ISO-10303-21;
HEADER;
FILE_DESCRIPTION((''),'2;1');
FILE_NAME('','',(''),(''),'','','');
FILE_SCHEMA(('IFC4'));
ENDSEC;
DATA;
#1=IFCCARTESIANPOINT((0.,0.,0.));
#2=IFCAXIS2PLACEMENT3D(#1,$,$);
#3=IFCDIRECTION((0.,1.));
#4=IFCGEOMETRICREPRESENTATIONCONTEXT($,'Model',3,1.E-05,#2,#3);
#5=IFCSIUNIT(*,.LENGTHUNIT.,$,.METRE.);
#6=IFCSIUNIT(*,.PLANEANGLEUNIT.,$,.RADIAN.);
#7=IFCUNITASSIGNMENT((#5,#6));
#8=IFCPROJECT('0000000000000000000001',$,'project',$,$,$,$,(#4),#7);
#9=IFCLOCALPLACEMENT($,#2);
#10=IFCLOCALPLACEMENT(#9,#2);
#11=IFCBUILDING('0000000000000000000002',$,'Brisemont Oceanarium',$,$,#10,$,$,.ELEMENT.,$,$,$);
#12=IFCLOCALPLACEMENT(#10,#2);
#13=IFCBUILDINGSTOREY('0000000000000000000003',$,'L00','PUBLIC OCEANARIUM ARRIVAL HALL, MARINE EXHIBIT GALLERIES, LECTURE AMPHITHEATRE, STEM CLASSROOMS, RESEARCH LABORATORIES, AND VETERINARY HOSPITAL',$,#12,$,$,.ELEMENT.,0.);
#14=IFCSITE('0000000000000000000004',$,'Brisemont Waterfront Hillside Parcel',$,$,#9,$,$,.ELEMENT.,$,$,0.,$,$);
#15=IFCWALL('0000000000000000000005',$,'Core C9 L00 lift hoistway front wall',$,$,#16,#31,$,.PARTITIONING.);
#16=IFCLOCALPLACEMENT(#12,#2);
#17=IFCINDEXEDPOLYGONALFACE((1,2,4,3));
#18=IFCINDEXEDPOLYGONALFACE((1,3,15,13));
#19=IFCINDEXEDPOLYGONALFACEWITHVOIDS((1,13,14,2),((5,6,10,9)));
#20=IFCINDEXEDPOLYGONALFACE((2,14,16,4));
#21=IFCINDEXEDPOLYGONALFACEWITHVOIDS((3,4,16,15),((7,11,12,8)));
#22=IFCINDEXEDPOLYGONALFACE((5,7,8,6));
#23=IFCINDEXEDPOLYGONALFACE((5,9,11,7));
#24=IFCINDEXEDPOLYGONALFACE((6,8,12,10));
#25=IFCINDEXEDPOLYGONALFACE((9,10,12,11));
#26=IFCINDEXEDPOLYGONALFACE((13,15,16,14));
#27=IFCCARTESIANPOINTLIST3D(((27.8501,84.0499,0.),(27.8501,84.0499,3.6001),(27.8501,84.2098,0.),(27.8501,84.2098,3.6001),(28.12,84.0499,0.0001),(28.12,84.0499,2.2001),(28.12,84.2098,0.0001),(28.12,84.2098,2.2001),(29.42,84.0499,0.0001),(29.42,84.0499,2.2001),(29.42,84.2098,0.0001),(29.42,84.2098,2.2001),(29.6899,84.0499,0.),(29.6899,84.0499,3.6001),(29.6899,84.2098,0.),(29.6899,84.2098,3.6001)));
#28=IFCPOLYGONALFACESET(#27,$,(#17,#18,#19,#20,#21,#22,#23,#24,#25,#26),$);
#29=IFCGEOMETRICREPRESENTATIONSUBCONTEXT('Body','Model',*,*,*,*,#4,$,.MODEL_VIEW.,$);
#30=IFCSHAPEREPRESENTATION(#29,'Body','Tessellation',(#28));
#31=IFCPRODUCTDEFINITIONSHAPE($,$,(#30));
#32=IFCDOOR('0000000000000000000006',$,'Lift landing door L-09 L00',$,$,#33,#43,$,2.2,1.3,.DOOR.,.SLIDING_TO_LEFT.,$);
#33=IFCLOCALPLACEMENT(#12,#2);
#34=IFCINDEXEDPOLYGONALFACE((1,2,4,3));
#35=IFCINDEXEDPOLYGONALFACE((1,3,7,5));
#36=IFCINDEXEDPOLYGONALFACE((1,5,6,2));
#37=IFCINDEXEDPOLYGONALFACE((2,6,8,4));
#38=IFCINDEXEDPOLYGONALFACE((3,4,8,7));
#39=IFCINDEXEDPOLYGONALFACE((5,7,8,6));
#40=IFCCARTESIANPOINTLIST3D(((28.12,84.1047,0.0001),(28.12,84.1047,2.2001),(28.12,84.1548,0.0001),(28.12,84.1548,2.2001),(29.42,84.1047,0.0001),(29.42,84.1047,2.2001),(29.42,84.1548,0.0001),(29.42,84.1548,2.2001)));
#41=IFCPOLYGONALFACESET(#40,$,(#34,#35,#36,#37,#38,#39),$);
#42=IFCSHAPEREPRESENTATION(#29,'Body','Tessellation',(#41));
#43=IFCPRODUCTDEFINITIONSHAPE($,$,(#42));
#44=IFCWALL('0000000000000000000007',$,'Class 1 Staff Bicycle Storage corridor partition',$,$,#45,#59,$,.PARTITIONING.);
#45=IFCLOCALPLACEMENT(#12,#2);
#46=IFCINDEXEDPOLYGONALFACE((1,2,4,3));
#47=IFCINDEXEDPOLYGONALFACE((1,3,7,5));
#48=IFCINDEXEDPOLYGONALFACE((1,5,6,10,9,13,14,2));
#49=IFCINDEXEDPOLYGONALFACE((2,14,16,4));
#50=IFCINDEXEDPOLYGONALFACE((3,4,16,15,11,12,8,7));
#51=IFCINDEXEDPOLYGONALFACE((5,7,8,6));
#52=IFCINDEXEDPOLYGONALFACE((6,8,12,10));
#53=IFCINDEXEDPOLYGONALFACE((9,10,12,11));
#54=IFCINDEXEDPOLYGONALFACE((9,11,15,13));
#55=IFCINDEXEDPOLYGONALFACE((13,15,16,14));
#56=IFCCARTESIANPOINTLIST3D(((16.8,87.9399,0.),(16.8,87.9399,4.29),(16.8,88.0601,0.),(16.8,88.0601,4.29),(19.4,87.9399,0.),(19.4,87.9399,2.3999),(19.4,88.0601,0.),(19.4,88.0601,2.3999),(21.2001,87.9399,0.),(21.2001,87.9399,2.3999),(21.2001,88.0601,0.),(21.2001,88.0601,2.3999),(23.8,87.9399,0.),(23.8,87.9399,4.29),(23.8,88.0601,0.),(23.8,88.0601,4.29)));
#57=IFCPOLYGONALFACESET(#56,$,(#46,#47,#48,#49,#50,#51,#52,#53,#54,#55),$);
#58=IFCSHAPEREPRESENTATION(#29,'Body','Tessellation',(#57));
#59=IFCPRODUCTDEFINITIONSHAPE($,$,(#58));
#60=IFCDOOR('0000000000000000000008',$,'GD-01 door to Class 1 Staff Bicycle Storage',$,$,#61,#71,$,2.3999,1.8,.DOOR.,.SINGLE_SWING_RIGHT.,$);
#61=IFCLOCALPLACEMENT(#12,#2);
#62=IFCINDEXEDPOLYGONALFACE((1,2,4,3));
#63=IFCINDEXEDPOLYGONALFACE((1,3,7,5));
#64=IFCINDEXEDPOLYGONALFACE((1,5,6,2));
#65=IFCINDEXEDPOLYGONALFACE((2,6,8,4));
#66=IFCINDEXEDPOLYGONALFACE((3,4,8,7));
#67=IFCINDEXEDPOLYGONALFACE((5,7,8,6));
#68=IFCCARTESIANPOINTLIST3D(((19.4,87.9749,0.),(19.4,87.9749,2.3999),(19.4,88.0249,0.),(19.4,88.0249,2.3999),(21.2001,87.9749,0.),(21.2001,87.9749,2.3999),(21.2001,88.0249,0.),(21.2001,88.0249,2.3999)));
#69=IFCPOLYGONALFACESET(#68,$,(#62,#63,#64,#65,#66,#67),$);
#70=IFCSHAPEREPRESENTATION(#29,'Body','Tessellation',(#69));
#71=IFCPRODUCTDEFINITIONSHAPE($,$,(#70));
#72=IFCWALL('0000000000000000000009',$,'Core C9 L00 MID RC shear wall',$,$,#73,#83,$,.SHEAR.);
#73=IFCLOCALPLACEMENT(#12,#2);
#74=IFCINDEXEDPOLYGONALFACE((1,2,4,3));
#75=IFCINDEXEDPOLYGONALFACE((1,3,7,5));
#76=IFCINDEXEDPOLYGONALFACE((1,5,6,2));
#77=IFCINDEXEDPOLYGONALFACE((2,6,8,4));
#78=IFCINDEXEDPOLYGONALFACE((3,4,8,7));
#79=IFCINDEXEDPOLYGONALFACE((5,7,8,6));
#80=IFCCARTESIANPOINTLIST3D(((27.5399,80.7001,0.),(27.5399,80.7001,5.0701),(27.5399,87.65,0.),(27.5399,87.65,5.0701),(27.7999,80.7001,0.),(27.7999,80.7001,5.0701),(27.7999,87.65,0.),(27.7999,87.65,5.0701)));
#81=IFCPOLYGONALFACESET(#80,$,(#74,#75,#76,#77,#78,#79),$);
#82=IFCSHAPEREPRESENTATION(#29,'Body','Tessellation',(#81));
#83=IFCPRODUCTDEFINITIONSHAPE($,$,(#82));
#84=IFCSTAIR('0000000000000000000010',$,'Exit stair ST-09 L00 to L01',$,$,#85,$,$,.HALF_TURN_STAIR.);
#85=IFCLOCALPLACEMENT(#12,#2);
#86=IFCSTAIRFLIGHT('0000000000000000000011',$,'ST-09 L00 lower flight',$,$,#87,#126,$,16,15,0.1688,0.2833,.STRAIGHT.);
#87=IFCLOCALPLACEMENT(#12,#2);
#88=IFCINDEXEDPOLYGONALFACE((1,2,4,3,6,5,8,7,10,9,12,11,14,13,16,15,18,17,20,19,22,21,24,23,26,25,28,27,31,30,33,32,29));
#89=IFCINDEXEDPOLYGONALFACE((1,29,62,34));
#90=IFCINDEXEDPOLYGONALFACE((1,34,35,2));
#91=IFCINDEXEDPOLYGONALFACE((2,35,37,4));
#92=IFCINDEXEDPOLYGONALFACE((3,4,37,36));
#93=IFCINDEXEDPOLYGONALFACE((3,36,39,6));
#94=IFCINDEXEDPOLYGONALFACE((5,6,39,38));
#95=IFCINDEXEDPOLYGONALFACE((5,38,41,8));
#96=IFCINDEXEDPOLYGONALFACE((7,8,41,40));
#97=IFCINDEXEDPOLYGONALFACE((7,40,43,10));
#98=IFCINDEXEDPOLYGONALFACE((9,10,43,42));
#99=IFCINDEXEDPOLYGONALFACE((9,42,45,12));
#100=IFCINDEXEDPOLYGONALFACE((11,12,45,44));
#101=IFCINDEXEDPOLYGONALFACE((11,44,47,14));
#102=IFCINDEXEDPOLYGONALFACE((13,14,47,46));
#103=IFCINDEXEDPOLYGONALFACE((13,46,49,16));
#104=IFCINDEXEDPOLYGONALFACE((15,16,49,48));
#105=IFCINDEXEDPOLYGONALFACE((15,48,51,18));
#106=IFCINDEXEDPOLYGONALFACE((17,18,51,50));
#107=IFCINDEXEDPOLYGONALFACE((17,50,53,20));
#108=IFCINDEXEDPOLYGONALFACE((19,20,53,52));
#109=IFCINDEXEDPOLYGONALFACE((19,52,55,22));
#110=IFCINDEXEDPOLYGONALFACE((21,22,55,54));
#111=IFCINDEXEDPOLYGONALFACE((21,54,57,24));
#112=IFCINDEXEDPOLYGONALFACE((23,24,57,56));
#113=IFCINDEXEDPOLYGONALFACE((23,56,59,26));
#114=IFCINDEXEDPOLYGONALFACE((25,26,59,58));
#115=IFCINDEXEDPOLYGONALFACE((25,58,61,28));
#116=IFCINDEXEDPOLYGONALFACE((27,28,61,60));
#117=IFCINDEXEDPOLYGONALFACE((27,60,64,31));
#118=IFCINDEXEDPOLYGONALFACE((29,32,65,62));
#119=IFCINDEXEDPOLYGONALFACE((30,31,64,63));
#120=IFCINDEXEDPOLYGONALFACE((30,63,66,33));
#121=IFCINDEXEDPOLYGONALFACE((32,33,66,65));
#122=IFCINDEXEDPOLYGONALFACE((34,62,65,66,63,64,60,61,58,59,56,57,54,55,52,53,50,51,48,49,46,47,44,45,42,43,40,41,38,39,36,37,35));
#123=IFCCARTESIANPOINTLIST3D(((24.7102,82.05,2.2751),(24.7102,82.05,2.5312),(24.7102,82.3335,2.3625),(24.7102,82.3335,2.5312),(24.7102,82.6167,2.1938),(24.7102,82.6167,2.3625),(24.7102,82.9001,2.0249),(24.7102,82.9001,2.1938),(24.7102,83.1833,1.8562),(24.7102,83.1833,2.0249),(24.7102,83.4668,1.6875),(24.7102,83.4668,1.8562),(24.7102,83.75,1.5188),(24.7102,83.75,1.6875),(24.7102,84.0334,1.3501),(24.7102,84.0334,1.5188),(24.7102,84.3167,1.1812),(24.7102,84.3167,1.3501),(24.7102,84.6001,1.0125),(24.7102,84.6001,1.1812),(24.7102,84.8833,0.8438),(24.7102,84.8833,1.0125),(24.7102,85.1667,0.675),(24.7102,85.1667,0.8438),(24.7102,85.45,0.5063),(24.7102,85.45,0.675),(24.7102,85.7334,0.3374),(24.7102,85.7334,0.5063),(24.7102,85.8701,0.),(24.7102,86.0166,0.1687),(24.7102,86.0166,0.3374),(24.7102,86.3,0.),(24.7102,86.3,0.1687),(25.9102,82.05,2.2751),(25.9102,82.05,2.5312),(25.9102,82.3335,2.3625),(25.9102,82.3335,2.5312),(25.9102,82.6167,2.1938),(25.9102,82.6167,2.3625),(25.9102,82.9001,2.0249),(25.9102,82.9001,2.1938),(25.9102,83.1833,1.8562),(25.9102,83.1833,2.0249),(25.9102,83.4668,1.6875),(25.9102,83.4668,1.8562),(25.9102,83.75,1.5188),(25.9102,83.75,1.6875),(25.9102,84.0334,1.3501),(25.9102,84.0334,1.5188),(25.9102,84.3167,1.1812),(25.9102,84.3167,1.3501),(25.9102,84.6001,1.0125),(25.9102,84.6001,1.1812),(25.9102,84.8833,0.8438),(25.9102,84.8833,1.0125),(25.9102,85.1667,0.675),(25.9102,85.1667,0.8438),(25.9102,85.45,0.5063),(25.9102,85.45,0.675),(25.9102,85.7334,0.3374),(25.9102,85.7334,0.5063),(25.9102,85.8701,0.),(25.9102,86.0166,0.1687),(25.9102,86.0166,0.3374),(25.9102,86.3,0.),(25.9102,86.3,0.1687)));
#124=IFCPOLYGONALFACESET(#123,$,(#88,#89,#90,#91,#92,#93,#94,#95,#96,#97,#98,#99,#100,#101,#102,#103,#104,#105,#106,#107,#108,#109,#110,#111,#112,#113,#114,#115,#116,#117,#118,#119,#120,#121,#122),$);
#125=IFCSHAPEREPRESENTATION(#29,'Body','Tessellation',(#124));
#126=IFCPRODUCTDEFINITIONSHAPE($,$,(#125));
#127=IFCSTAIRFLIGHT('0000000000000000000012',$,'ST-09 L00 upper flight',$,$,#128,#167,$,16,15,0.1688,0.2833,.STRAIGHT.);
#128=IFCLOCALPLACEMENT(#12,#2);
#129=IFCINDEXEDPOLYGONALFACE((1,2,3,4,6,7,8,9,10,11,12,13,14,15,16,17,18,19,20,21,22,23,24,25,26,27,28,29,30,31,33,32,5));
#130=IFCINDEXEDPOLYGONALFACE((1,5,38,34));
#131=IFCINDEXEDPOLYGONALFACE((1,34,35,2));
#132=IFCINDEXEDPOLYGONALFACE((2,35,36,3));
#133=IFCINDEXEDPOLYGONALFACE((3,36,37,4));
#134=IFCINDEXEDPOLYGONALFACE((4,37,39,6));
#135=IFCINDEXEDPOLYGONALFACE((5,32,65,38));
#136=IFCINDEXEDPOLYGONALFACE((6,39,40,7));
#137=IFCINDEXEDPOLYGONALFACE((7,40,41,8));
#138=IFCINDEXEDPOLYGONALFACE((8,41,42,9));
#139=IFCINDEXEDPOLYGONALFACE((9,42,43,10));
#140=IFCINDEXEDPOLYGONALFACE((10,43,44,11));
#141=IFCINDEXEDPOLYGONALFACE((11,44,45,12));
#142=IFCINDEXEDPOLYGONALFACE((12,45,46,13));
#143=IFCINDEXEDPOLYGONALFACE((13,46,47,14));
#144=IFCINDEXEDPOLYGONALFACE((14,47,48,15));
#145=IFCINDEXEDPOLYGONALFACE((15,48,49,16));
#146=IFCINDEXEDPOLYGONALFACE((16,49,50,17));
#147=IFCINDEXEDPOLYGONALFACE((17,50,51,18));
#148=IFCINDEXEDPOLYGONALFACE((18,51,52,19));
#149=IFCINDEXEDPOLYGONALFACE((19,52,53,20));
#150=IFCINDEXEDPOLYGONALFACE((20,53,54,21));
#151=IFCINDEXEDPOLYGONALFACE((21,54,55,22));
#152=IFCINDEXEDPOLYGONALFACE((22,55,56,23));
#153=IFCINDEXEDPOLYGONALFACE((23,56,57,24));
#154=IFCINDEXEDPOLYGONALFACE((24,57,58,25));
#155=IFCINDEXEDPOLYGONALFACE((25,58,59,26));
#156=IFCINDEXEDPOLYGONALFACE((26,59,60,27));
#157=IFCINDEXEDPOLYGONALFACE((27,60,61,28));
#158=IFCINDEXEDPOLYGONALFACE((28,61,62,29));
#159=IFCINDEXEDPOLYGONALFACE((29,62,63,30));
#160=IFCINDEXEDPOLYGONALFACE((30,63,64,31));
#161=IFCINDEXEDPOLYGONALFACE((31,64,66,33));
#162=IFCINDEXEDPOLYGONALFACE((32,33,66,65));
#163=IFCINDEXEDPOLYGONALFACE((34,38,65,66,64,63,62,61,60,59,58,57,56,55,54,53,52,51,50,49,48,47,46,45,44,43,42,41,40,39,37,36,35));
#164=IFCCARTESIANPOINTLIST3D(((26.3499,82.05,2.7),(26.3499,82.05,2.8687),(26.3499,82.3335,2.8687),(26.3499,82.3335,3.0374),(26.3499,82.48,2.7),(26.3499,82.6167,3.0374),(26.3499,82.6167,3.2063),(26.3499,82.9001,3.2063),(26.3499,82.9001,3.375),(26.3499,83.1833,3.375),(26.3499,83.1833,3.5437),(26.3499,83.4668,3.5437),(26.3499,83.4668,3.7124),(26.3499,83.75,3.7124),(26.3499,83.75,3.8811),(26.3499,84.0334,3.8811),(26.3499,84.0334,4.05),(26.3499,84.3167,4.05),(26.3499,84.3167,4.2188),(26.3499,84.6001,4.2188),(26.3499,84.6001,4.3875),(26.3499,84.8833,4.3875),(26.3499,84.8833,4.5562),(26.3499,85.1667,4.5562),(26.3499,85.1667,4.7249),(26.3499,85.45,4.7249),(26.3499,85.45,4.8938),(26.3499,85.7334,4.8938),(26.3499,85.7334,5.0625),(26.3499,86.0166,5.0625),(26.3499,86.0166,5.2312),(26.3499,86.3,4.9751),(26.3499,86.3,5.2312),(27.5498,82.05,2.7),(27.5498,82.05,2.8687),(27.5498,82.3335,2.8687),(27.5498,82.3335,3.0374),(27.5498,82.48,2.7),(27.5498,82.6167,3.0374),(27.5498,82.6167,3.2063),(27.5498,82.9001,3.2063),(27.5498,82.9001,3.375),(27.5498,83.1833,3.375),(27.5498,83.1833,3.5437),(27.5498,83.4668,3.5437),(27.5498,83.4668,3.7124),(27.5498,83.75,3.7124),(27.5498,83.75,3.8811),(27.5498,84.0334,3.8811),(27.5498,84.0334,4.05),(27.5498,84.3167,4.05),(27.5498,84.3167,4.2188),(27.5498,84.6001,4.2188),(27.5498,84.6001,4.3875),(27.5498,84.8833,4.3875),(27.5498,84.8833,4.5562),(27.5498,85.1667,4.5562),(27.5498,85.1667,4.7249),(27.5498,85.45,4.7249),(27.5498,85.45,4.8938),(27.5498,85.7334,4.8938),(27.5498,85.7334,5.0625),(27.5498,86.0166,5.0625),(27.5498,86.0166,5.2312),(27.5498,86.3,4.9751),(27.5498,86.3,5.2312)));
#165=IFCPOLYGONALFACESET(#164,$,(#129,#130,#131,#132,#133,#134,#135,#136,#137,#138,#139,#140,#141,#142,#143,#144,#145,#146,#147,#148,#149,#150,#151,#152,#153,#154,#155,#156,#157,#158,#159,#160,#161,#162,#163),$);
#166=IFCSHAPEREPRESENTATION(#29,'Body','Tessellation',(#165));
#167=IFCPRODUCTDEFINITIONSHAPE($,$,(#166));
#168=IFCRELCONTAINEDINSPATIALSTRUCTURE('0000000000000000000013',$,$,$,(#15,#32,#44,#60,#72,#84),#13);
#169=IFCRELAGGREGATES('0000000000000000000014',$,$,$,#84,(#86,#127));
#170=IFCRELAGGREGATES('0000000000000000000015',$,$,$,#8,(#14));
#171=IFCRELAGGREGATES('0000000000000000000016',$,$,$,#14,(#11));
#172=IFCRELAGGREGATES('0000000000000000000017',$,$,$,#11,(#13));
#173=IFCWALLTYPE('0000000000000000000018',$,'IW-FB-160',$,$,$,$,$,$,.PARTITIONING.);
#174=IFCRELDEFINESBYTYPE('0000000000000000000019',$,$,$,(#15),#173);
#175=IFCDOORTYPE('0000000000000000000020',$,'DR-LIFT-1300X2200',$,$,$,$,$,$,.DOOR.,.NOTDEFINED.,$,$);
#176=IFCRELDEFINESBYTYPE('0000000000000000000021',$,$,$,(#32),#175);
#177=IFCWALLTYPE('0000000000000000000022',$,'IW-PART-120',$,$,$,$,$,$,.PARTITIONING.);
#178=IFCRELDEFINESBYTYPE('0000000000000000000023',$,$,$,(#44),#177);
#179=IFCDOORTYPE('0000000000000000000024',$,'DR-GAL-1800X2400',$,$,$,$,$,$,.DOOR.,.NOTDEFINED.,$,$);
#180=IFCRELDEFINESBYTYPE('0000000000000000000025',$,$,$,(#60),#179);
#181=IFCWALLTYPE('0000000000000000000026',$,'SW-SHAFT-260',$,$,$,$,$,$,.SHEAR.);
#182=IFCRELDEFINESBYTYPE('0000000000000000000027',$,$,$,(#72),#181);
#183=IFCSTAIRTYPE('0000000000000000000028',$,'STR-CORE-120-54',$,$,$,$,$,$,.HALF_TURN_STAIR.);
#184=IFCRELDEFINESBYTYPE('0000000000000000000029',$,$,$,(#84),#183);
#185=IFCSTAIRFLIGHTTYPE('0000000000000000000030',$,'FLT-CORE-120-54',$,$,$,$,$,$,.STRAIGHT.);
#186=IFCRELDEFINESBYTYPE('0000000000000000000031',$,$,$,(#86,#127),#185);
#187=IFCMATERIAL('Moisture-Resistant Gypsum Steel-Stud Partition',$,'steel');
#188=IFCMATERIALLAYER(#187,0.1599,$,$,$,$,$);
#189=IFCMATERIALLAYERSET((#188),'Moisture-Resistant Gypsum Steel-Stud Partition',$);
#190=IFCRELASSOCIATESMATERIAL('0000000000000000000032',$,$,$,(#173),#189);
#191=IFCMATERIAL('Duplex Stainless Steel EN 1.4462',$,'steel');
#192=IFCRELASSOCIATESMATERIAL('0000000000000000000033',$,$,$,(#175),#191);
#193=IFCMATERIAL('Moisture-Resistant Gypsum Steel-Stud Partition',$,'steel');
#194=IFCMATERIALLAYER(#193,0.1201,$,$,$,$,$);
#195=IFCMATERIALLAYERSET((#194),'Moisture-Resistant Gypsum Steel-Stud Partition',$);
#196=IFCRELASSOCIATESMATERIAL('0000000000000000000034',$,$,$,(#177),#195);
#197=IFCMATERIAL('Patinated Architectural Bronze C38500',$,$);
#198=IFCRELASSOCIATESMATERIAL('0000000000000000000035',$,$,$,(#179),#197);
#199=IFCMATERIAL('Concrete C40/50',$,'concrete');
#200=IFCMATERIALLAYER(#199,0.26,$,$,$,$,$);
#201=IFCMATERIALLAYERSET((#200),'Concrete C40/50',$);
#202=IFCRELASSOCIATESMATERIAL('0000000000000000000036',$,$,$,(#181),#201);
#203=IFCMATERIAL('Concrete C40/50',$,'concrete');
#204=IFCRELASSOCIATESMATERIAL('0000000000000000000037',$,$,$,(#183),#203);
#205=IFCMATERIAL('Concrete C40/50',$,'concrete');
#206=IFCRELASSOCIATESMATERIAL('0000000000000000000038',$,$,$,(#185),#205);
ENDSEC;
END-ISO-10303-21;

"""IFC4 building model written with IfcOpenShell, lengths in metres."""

from ifc_helpers import new_model, si_unit, direction, frame, frame_2d, origin, place, context, subcontext, project, spatial, polyline, rectangle, outline, extrude, material, layer, layer_set, type_object, element, fill, aggregate, save


model = new_model("IFC4")

# Units and contexts
model_context = context("Model", 3, precision=1e-05, world=origin(), true_north=direction((0.0, 1.0)))
body_context = subcontext(model_context, "Body", "Model", "MODEL_VIEW")
ifc_project = project(units=[si_unit("LENGTHUNIT", "METRE"), si_unit("PLANEANGLEUNIT", "RADIAN")], contexts=[model_context])

# Site, building, storey
site_placement = place(None, origin())
site = spatial("IfcSite", under=ifc_project, at=site_placement, Name="Brisemont Waterfront Hillside Parcel", CompositionType="ELEMENT", RefElevation=0.0)
building_placement = place(site_placement, origin())
building = spatial("IfcBuilding", under=site, at=building_placement, Name="Brisemont Oceanarium", CompositionType="ELEMENT")
storey_placement = place(building_placement, origin())
storey = spatial("IfcBuildingStorey", under=building, at=storey_placement, Name="L00", Description="PUBLIC OCEANARIUM ARRIVAL HALL, MARINE EXHIBIT GALLERIES, LECTURE AMPHITHEATRE, STEM CLASSROOMS, RESEARCH LABORATORIES, AND VETERINARY HOSPITAL", CompositionType="ELEMENT", Elevation=0.0)

# Walls, openings, doors
ifc_material_1 = material(Name="Moisture-Resistant Gypsum Steel-Stud Partition", Category="steel")
ifc_layer_1 = layer(ifc_material_1, 0.1599)
ifc_layer_set_1 = layer_set([ifc_layer_1], Name="Moisture-Resistant Gypsum Steel-Stud Partition")
wall_type_1 = type_object("IfcWallType", Name="IW-FB-160", PredefinedType="PARTITIONING", material=ifc_layer_set_1)
wall_1_placement = place(storey_placement, frame((27.8501, 84.1299, 0.0), z_axis=(0.0, 0.0, 1.0), x_axis=(1.0, 0.0, 0.0)))
wall_1 = element("IfcWall", 1, at=wall_1_placement, inside=storey, type_object=wall_type_1, Name="Core C9 L00 lift hoistway front wall", PredefinedType="PARTITIONING", context=body_context, shape_type="SweptSolid", body=[
    extrude(rectangle(XDim=1.8398, YDim=0.1599, at=frame_2d((0.9199, 0.0))), origin(), (0.0, 0.0, 1.0), 3.6001),
])
opening_1_placement = place(wall_1_placement, frame((0.27, 0.0, 0.0)))
opening_1 = element("IfcOpeningElement", 2, at=opening_1_placement, cuts=wall_1, PredefinedType="OPENING", context=body_context, shape_type="SweptSolid", body=[
    extrude(rectangle(XDim=1.3, YDim=2.2, at=frame_2d((0.6499, 1.1001))), frame((0.0, 0.0898, 0.0), z_axis=(0.0, -1.0, 0.0), x_axis=(1.0, 0.0, 0.0)), (0.0, 0.0, 1.0), 0.1799),
])
ifc_material_2 = material(Name="Duplex Stainless Steel EN 1.4462", Category="steel")
door_type_1 = type_object("IfcDoorType", Name="DR-LIFT-1300X2200", OperationType="NOTDEFINED", PredefinedType="DOOR", material=ifc_material_2)
door_1_placement = place(opening_1_placement, origin())
door_1 = element("IfcDoor", 3, at=door_1_placement, inside=storey, type_object=door_type_1, Name="Lift landing door L-09 L00", OperationType="SLIDING_TO_LEFT", OverallHeight=2.2, OverallWidth=1.3, PredefinedType="DOOR", context=body_context, shape_type="SweptSolid", body=[
    extrude(rectangle(XDim=1.3, YDim=2.2, at=frame_2d((0.6499, 1.1001))), frame((0.0, 0.0249, 0.0), z_axis=(0.0, -1.0, 0.0), x_axis=(1.0, 0.0, 0.0)), (0.0, 0.0, 1.0), 0.05),
])
fill(opening_1, door_1)
ifc_material_3 = material(Name="Moisture-Resistant Gypsum Steel-Stud Partition", Category="steel")
ifc_layer_2 = layer(ifc_material_3, 0.1201)
ifc_layer_set_2 = layer_set([ifc_layer_2], Name="Moisture-Resistant Gypsum Steel-Stud Partition")
wall_type_2 = type_object("IfcWallType", Name="IW-PART-120", PredefinedType="PARTITIONING", material=ifc_layer_set_2)
wall_2_placement = place(storey_placement, frame((16.8, 88.0, 0.0), z_axis=(0.0, 0.0, 1.0), x_axis=(1.0, 0.0, 0.0)))
wall_2 = element("IfcWall", 4, at=wall_2_placement, inside=storey, type_object=wall_type_2, Name="Class 1 Staff Bicycle Storage corridor partition", PredefinedType="PARTITIONING", context=body_context, shape_type="SweptSolid", body=[
    extrude(rectangle(XDim=7.0, YDim=0.1201, at=frame_2d((3.5, 0.0))), origin(), (0.0, 0.0, 1.0), 4.29),
])
opening_2_placement = place(wall_2_placement, frame((2.6001, 0.0, 0.0)))
opening_2 = element("IfcOpeningElement", 5, at=opening_2_placement, cuts=wall_2, PredefinedType="OPENING", context=body_context, shape_type="SweptSolid", body=[
    extrude(rectangle(XDim=1.8, YDim=2.3999, at=frame_2d((0.8999, 1.2))), frame((0.0, 0.0701, 0.0), z_axis=(0.0, -1.0, 0.0), x_axis=(1.0, 0.0, 0.0)), (0.0, 0.0, 1.0), 0.1401),
])
ifc_material_4 = material(Name="Patinated Architectural Bronze C38500")
door_type_2 = type_object("IfcDoorType", Name="DR-GAL-1800X2400", OperationType="NOTDEFINED", PredefinedType="DOOR", material=ifc_material_4)
door_2_placement = place(opening_2_placement, origin())
door_2 = element("IfcDoor", 6, at=door_2_placement, inside=storey, type_object=door_type_2, Name="GD-01 door to Class 1 Staff Bicycle Storage", OperationType="SINGLE_SWING_RIGHT", OverallHeight=2.3999, OverallWidth=1.8, PredefinedType="DOOR", context=body_context, shape_type="SweptSolid", body=[
    extrude(rectangle(XDim=1.8, YDim=2.3999, at=frame_2d((0.8999, 1.2))), frame((0.0, 0.0249, 0.0), z_axis=(0.0, -1.0, 0.0), x_axis=(1.0, 0.0, 0.0)), (0.0, 0.0, 1.0), 0.05),
])
fill(opening_2, door_2)

# Wall
ifc_material_5 = material(Name="Concrete C40/50", Category="concrete")
ifc_layer_3 = layer(ifc_material_5, 0.26)
ifc_layer_set_3 = layer_set([ifc_layer_3], Name="Concrete C40/50")
wall_type_3 = type_object("IfcWallType", Name="SW-SHAFT-260", PredefinedType="SHEAR", material=ifc_layer_set_3)
wall_3_placement = place(storey_placement, frame((27.6699, 80.7, 0.0), z_axis=(0.0, 0.0, 1.0), x_axis=(0.0, 1.0, 0.0)))
element("IfcWall", 7, at=wall_3_placement, inside=storey, type_object=wall_type_3, Name="Core C9 L00 MID RC shear wall", PredefinedType="SHEAR", context=body_context, shape_type="SweptSolid", body=[
    extrude(rectangle(XDim=6.95, YDim=0.26, at=frame_2d((3.4751, 0.0))), origin(), (0.0, 0.0, 1.0), 5.0701),
])

# Stair, stair flights
ifc_material_6 = material(Name="Concrete C40/50", Category="concrete")
stair_type = type_object("IfcStairType", Name="STR-CORE-120-54", PredefinedType="HALF_TURN_STAIR", material=ifc_material_6)
stair_placement = place(storey_placement, origin())
stair = element("IfcStair", 8, at=stair_placement, inside=storey, type_object=stair_type, Name="Exit stair ST-09 L00 to L01", PredefinedType="HALF_TURN_STAIR")
ifc_material_7 = material(Name="Concrete C40/50", Category="concrete")
stair_flight_type = type_object("IfcStairFlightType", Name="FLT-CORE-120-54", PredefinedType="STRAIGHT", material=ifc_material_7)
stair_flight_1_placement = place(storey_placement, frame((25.3101, 86.3, 0.0), z_axis=(0.0, 0.0, 1.0), x_axis=(0.0, -1.0, 0.0)))
stair_flight_1 = element("IfcStairFlight", 9, at=stair_flight_1_placement, type_object=stair_flight_type, Name="ST-09 L00 lower flight", NumberOfRisers=16, NumberOfTreads=15, PredefinedType="STRAIGHT", RiserHeight=0.1688, TreadLength=0.2833, context=body_context, shape_type="SweptSolid", body=[
    extrude(outline(polyline([(0.0, 0.0), (0.0, 0.1687), (0.2834, 0.1687), (0.2834, 0.3374), (0.5667, 0.3374), (0.5667, 0.5063), (0.8501, 0.5063), (0.8501, 0.675), (1.1333, 0.675), (1.1333, 0.8438), (1.4167, 0.8438), (1.4167, 1.0125), (1.7, 1.0125), (1.7, 1.1812), (1.9834, 1.1812), (1.9834, 1.3501), (2.2666, 1.3501), (2.2666, 1.5188), (2.55, 1.5188), (2.55, 1.6875), (2.8333, 1.6875), (2.8333, 1.8562), (3.1167, 1.8562), (3.1167, 2.0249), (3.3999, 2.0249), (3.3999, 2.1938), (3.6833, 2.1938), (3.6833, 2.3625), (3.9666, 2.3625), (3.9666, 2.5312), (4.25, 2.5312), (4.25, 2.7), (4.25, 2.2751), (0.4299, 0.0), (0.0, 0.0)])), frame((0.0, 0.6001, 0.0), z_axis=(0.0, -1.0, 0.0), x_axis=(1.0, 0.0, 0.0)), (0.0, 0.0, 1.0), 1.2),
])
stair_flight_2_placement = place(storey_placement, frame((26.95, 82.05, 2.7), z_axis=(0.0, 0.0, 1.0), x_axis=(0.0, 1.0, 0.0)))
stair_flight_2 = element("IfcStairFlight", 10, at=stair_flight_2_placement, type_object=stair_flight_type, Name="ST-09 L00 upper flight", NumberOfRisers=16, NumberOfTreads=15, PredefinedType="STRAIGHT", RiserHeight=0.1688, TreadLength=0.2833, context=body_context, shape_type="SweptSolid", body=[
    extrude(outline(polyline([(0.0, 0.0), (0.0, 0.1687), (0.2834, 0.1687), (0.2834, 0.3374), (0.5667, 0.3374), (0.5667, 0.5063), (0.8501, 0.5063), (0.8501, 0.675), (1.1333, 0.675), (1.1333, 0.8438), (1.4167, 0.8438), (1.4167, 1.0125), (1.7, 1.0125), (1.7, 1.1812), (1.9834, 1.1812), (1.9834, 1.3501), (2.2666, 1.3501), (2.2666, 1.5188), (2.55, 1.5188), (2.55, 1.6875), (2.8333, 1.6875), (2.8333, 1.8562), (3.1167, 1.8562), (3.1167, 2.0249), (3.3999, 2.0249), (3.3999, 2.1938), (3.6833, 2.1938), (3.6833, 2.3625), (3.9666, 2.3625), (3.9666, 2.5312), (4.25, 2.5312), (4.25, 2.7), (4.25, 2.2751), (0.4299, 0.0), (0.0, 0.0)])), frame((0.0, 0.6001, 0.0), z_axis=(0.0, -1.0, 0.0), x_axis=(1.0, 0.0, 0.0)), (0.0, 0.0, 1.0), 1.2),
])
aggregate(stair, [stair_flight_1, stair_flight_2])

save(model, "model.ifc")
